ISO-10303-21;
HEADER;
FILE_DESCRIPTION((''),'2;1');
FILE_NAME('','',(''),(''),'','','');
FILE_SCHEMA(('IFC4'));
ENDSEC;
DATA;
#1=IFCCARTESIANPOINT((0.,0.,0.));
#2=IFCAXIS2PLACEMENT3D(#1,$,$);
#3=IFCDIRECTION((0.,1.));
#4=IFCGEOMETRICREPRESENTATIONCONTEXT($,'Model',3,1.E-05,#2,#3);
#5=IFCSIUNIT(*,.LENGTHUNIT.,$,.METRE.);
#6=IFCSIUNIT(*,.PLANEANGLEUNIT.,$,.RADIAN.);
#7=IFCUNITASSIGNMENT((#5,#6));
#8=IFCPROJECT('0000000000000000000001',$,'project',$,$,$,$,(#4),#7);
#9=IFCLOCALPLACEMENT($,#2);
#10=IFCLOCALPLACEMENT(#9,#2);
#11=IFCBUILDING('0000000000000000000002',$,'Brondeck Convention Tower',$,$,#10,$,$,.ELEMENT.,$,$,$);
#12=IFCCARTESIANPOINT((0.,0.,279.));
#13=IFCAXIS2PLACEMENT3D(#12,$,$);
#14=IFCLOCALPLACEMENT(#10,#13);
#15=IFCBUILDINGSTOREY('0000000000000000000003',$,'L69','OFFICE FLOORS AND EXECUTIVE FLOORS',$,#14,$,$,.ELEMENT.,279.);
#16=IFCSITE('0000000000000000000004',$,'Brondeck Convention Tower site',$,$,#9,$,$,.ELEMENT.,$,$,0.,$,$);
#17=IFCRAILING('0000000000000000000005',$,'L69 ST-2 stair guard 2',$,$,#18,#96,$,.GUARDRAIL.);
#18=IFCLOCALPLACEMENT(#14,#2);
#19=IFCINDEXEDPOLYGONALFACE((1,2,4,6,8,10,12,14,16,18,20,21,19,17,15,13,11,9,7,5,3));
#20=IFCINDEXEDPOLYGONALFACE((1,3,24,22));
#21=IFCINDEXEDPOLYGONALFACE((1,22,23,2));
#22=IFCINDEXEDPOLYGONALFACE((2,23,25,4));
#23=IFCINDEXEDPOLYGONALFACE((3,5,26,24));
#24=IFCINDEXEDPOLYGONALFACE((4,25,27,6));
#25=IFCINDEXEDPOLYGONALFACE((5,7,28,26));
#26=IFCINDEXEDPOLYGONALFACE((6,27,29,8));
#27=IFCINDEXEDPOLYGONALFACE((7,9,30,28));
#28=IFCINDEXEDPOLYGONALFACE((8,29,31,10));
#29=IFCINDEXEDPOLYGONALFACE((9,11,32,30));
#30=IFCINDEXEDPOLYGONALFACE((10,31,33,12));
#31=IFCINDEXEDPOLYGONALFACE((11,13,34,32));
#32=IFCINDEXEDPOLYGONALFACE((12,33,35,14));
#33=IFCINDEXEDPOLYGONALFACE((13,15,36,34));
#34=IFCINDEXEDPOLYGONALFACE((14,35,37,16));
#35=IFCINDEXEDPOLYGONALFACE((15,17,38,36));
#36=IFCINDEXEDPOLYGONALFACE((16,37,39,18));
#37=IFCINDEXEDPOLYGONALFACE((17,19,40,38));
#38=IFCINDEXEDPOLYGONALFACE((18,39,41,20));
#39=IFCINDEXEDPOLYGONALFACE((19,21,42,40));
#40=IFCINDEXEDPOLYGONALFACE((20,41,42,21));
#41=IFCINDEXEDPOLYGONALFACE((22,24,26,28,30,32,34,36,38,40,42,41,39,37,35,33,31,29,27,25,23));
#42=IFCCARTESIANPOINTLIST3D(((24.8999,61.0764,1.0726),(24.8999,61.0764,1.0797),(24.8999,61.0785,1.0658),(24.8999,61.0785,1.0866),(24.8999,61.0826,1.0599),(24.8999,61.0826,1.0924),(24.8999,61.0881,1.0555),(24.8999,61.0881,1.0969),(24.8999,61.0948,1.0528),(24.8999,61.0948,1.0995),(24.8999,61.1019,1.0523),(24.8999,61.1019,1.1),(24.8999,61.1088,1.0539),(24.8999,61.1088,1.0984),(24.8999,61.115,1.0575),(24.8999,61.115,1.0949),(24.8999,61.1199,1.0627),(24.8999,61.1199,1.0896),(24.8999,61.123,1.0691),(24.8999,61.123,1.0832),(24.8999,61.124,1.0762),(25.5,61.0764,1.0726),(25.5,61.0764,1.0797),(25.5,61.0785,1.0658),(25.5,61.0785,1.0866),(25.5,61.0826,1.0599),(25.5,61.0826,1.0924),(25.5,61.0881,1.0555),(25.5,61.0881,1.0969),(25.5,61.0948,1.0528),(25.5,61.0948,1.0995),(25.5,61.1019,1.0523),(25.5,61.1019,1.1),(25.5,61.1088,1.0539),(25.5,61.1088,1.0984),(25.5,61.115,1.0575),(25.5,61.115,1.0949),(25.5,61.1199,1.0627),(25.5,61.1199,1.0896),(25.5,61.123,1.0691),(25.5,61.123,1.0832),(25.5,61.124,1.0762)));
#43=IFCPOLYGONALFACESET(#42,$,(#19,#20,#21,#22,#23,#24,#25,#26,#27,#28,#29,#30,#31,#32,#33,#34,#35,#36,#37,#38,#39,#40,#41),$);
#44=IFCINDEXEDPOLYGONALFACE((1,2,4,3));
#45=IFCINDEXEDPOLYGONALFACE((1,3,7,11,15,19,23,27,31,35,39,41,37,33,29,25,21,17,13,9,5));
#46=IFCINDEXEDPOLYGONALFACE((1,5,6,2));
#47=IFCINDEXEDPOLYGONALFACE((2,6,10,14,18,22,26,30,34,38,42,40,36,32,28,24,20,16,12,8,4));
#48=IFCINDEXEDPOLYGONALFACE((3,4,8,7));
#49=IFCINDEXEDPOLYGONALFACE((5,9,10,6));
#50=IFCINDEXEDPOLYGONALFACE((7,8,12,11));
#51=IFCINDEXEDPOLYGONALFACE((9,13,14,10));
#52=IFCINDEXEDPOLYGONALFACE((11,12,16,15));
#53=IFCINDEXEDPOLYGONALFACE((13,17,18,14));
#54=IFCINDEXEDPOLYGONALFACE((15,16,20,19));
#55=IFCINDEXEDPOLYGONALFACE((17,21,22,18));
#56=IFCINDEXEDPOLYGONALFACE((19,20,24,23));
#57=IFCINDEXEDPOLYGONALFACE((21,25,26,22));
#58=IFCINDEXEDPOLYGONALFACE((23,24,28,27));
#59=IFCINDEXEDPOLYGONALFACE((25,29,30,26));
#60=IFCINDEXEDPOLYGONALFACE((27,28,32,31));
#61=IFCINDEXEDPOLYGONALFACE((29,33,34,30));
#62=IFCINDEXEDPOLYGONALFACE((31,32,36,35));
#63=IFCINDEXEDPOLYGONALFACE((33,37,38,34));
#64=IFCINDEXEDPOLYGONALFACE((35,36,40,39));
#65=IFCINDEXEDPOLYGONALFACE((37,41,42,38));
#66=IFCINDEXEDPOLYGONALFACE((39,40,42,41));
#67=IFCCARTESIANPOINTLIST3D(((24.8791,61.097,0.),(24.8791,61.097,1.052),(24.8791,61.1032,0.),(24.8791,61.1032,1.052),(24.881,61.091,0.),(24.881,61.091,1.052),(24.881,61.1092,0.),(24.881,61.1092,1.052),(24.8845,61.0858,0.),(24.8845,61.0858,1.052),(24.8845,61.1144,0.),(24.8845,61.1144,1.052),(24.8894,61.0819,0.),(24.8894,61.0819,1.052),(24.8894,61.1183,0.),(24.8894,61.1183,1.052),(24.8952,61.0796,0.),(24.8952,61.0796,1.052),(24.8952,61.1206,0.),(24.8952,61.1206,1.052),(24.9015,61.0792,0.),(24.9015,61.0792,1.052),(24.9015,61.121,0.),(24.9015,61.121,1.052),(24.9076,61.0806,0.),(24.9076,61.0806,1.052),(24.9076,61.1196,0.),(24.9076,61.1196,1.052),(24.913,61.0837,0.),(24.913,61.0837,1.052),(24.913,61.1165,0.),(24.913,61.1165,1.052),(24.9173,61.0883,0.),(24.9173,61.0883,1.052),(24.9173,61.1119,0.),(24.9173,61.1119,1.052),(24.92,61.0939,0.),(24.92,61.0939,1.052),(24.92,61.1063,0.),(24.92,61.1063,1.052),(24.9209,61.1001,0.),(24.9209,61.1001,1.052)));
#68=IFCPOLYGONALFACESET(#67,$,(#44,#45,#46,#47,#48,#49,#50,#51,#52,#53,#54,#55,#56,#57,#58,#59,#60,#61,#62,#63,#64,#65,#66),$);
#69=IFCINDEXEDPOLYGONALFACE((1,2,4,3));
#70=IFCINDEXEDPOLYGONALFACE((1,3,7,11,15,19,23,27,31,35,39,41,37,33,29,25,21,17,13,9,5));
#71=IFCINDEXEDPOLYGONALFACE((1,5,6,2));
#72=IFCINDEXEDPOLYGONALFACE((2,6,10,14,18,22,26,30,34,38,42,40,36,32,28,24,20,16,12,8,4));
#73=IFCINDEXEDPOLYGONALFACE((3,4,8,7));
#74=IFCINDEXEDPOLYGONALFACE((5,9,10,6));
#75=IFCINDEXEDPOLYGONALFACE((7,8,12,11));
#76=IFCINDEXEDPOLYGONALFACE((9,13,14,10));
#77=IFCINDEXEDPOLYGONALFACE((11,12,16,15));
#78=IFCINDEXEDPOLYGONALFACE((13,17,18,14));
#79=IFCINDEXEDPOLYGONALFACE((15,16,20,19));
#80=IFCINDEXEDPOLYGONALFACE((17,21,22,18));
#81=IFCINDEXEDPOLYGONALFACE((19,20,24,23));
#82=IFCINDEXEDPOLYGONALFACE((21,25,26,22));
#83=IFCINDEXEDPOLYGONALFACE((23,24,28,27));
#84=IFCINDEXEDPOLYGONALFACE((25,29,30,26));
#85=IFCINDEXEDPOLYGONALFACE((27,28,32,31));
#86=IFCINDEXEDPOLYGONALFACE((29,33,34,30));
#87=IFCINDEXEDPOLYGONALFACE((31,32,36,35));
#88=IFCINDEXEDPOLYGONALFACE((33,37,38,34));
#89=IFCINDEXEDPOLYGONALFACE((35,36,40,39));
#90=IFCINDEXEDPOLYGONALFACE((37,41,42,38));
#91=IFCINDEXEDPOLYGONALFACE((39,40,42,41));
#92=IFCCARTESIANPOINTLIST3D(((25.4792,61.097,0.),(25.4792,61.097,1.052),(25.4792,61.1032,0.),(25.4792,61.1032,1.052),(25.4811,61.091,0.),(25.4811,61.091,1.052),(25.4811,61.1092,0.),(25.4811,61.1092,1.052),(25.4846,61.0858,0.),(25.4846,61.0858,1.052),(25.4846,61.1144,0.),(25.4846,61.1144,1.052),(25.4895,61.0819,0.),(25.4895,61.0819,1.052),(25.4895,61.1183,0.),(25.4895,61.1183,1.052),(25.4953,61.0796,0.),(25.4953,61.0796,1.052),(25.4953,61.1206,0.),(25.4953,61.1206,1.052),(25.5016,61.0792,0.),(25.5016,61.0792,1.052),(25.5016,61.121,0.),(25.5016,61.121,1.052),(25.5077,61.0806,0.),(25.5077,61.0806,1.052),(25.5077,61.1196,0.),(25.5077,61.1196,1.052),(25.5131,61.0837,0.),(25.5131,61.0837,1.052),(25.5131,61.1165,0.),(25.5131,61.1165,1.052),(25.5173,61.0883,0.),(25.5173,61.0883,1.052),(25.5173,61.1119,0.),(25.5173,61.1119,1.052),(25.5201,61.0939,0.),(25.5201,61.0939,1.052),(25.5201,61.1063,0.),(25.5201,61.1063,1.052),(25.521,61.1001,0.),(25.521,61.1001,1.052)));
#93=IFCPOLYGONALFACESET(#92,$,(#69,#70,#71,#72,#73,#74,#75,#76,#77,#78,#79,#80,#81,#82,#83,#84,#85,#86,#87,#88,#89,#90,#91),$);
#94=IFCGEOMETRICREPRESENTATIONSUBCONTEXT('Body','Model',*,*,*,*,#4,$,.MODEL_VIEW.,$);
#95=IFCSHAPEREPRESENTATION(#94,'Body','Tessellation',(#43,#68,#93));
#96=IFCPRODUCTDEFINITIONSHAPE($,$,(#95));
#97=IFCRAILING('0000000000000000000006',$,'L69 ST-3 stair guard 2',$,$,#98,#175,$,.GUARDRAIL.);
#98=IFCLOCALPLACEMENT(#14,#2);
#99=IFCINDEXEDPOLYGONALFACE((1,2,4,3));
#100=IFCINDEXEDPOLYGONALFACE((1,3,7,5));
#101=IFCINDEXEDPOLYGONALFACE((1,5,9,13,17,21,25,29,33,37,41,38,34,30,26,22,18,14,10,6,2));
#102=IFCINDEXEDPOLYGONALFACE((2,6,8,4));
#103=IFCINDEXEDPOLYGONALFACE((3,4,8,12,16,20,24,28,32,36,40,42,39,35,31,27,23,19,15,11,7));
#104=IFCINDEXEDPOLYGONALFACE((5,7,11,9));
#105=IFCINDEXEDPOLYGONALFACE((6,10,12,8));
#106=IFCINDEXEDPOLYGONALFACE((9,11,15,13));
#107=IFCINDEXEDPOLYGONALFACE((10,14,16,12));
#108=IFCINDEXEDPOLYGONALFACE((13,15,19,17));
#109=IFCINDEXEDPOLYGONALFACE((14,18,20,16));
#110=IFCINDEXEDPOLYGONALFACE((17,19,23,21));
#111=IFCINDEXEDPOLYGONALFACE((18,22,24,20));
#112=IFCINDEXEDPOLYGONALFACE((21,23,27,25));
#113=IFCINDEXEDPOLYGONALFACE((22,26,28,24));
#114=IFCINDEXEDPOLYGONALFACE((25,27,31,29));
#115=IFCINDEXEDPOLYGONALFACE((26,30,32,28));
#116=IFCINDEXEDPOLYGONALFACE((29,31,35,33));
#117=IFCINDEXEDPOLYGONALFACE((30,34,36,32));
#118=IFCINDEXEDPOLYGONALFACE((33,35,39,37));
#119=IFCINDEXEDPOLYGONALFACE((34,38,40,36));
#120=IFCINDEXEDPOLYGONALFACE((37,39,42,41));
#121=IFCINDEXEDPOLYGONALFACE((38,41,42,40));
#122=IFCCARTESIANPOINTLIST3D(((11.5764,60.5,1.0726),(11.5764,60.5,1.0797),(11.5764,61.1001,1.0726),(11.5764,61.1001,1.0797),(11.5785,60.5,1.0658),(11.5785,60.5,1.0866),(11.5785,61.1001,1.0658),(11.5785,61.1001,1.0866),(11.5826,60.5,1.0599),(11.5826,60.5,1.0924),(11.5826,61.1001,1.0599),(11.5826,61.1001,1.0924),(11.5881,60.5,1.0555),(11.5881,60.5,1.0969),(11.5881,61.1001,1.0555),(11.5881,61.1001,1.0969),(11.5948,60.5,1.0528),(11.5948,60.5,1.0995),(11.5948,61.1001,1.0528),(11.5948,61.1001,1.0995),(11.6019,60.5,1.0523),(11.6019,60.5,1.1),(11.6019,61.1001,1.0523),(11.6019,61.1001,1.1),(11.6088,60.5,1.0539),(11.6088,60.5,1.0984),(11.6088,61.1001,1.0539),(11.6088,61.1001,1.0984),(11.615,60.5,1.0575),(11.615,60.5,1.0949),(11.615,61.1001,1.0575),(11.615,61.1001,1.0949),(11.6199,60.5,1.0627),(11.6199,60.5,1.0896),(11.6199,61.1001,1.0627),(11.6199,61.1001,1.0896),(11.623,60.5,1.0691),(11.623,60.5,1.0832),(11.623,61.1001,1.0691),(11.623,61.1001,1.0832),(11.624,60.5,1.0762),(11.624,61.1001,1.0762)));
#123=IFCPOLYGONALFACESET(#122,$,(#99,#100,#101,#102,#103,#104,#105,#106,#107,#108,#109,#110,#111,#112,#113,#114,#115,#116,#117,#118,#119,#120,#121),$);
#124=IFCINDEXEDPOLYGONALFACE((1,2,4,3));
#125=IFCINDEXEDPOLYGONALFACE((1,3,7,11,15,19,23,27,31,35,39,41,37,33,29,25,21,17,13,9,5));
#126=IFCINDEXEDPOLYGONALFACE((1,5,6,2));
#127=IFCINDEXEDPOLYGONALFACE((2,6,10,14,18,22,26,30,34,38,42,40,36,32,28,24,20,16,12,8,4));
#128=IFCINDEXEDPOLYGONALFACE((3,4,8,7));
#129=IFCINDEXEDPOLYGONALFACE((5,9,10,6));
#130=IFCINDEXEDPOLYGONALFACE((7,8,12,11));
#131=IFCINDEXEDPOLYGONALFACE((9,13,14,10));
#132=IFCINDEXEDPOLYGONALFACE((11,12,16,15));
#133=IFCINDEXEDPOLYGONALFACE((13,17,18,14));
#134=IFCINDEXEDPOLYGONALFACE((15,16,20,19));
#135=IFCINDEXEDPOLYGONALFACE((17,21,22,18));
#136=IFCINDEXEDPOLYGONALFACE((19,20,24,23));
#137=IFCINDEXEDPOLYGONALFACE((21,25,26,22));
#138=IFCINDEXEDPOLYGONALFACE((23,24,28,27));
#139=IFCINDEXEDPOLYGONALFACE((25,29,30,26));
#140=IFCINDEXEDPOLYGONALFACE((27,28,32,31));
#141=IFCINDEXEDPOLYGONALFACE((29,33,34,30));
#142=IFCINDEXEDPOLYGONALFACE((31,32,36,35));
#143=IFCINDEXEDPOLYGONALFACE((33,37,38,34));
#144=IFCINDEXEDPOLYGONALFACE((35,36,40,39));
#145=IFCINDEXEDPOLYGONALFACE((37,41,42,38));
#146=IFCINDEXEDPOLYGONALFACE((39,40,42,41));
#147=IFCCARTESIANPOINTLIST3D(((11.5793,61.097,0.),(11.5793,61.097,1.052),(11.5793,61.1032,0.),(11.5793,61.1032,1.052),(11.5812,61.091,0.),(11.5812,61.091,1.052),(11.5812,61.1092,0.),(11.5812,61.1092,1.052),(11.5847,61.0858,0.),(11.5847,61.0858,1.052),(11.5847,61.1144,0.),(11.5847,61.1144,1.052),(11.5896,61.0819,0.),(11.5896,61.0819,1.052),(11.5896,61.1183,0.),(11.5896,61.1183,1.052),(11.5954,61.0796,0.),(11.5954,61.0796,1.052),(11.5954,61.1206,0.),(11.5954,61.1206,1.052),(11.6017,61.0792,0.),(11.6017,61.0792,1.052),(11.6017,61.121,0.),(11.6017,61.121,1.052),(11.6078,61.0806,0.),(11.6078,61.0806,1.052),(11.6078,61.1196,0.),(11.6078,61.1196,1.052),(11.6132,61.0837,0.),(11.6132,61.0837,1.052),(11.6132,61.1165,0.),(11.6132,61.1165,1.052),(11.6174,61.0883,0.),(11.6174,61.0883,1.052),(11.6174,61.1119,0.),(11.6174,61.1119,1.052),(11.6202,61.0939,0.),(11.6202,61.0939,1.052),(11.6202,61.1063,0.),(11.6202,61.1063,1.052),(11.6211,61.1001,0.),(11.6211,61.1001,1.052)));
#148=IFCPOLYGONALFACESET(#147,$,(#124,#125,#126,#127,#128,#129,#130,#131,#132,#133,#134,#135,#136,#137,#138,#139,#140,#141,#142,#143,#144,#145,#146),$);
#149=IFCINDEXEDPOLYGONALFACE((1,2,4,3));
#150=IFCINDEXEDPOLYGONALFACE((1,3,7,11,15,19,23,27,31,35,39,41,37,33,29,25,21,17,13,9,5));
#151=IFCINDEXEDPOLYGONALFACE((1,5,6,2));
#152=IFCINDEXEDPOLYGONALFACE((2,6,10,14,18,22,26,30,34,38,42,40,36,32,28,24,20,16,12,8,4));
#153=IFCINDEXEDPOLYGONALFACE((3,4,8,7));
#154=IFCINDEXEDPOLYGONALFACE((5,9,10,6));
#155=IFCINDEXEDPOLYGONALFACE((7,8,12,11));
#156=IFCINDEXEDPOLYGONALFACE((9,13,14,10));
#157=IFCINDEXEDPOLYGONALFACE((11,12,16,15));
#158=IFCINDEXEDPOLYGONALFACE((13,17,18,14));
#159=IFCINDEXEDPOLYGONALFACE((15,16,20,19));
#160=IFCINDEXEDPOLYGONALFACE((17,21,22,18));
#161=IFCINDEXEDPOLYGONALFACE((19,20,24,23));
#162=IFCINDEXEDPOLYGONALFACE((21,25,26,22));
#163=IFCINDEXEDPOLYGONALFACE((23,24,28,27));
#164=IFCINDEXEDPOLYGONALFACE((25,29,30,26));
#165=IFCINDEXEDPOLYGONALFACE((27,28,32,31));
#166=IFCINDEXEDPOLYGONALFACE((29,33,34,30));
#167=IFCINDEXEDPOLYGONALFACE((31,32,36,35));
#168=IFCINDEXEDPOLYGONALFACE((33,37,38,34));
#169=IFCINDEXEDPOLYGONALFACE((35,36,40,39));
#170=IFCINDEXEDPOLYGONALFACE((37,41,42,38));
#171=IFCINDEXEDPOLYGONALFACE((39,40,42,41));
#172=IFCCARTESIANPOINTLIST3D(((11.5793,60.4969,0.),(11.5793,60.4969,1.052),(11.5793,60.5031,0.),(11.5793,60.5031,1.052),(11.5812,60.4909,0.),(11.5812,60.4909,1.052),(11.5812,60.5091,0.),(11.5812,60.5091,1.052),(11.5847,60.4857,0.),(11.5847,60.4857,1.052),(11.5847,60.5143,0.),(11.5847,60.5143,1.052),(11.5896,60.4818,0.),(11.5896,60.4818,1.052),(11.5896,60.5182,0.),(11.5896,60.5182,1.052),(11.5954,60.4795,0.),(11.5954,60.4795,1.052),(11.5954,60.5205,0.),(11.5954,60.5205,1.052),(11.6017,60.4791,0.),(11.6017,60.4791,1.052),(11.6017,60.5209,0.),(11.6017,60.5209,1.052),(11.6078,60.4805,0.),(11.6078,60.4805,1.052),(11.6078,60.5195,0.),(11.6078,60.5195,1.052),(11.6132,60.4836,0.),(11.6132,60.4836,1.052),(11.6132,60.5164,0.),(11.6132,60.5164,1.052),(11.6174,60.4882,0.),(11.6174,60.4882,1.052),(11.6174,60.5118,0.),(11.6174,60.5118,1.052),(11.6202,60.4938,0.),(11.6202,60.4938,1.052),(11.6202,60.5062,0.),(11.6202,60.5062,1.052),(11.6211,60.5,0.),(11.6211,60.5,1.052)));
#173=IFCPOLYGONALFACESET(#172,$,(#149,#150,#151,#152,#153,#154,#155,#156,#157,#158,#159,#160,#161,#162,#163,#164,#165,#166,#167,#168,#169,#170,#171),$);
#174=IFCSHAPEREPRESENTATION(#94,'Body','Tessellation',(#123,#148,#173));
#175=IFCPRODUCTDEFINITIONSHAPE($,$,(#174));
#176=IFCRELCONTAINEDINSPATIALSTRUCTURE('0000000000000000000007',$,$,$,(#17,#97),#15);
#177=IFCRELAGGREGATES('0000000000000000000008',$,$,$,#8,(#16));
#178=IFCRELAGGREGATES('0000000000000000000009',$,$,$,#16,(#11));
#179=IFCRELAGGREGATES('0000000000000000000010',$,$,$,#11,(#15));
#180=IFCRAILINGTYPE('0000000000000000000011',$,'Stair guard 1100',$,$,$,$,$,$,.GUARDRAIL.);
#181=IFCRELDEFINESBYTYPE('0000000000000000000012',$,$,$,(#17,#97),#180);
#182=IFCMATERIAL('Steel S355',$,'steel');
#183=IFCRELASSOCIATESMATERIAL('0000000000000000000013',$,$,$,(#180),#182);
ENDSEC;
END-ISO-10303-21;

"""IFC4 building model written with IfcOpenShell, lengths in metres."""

from ifc_helpers import new_model, si_unit, direction, frame, origin, origin_2d, place, context, subcontext, project, spatial, circle, extrude, material, type_object, element, save


model = new_model("IFC4")

# Units and contexts
model_context = context("Model", 3, precision=1e-05, world=origin(), true_north=direction((0.0, 1.0)))
body_context = subcontext(model_context, "Body", "Model", "MODEL_VIEW")
ifc_project = project(units=[si_unit("LENGTHUNIT", "METRE"), si_unit("PLANEANGLEUNIT", "RADIAN")], contexts=[model_context])

# Site, building, storey
site_placement = place(None, origin())
site = spatial("IfcSite", under=ifc_project, at=site_placement, Name="Brondeck Convention Tower site", CompositionType="ELEMENT", RefElevation=0.0)
building_placement = place(site_placement, origin())
building = spatial("IfcBuilding", under=site, at=building_placement, Name="Brondeck Convention Tower", CompositionType="ELEMENT")
storey_placement = place(building_placement, frame((0.0, 0.0, 279.0)))
storey = spatial("IfcBuildingStorey", under=building, at=storey_placement, Name="L69", Description="OFFICE FLOORS AND EXECUTIVE FLOORS", CompositionType="ELEMENT", Elevation=279.0)

# Railings
ifc_material_1 = material(Name="Steel S355", Category="steel")
railing_type_1 = type_object("IfcRailingType", Name="Stair guard 1100", PredefinedType="GUARDRAIL", material=ifc_material_1)
railing_1_placement = place(storey_placement, frame((24.8999, 61.1001, 0.0)))
element("IfcRailing", 1, at=railing_1_placement, inside=storey, type_object=railing_type_1, Name="L69 ST-2 stair guard 2", PredefinedType="GUARDRAIL", context=body_context, shape_type="SweptSolid", body=[
    extrude(circle(Radius=0.0239, at=origin_2d()), frame((0.0, 0.0, 1.0762), z_axis=(1.0, 0.0, 0.0), x_axis=(0.0, 1.0, 0.0)), (0.0, 0.0, 1.0), 0.6001),
    extrude(circle(Radius=0.021, at=origin_2d()), origin(), (0.0, 0.0, 1.0), 1.052),
    extrude(circle(Radius=0.021, at=origin_2d()), frame((0.6001, 0.0, 0.0)), (0.0, 0.0, 1.0), 1.052),
])
railing_2_placement = place(storey_placement, frame((11.6001, 61.1001, 0.0)))
element("IfcRailing", 2, at=railing_2_placement, inside=storey, type_object=railing_type_1, Name="L69 ST-3 stair guard 2", PredefinedType="GUARDRAIL", context=body_context, shape_type="SweptSolid", body=[
    extrude(circle(Radius=0.0239, at=origin_2d()), frame((0.0, 0.0, 1.0762), z_axis=(0.0, -1.0, 0.0), x_axis=(1.0, 0.0, 0.0)), (0.0, 0.0, 1.0), 0.6001),
    extrude(circle(Radius=0.021, at=origin_2d()), origin(), (0.0, 0.0, 1.0), 1.052),
    extrude(circle(Radius=0.021, at=origin_2d()), frame((0.0, -0.6001, 0.0)), (0.0, 0.0, 1.0), 1.052),
])

save(model, "model.ifc")
